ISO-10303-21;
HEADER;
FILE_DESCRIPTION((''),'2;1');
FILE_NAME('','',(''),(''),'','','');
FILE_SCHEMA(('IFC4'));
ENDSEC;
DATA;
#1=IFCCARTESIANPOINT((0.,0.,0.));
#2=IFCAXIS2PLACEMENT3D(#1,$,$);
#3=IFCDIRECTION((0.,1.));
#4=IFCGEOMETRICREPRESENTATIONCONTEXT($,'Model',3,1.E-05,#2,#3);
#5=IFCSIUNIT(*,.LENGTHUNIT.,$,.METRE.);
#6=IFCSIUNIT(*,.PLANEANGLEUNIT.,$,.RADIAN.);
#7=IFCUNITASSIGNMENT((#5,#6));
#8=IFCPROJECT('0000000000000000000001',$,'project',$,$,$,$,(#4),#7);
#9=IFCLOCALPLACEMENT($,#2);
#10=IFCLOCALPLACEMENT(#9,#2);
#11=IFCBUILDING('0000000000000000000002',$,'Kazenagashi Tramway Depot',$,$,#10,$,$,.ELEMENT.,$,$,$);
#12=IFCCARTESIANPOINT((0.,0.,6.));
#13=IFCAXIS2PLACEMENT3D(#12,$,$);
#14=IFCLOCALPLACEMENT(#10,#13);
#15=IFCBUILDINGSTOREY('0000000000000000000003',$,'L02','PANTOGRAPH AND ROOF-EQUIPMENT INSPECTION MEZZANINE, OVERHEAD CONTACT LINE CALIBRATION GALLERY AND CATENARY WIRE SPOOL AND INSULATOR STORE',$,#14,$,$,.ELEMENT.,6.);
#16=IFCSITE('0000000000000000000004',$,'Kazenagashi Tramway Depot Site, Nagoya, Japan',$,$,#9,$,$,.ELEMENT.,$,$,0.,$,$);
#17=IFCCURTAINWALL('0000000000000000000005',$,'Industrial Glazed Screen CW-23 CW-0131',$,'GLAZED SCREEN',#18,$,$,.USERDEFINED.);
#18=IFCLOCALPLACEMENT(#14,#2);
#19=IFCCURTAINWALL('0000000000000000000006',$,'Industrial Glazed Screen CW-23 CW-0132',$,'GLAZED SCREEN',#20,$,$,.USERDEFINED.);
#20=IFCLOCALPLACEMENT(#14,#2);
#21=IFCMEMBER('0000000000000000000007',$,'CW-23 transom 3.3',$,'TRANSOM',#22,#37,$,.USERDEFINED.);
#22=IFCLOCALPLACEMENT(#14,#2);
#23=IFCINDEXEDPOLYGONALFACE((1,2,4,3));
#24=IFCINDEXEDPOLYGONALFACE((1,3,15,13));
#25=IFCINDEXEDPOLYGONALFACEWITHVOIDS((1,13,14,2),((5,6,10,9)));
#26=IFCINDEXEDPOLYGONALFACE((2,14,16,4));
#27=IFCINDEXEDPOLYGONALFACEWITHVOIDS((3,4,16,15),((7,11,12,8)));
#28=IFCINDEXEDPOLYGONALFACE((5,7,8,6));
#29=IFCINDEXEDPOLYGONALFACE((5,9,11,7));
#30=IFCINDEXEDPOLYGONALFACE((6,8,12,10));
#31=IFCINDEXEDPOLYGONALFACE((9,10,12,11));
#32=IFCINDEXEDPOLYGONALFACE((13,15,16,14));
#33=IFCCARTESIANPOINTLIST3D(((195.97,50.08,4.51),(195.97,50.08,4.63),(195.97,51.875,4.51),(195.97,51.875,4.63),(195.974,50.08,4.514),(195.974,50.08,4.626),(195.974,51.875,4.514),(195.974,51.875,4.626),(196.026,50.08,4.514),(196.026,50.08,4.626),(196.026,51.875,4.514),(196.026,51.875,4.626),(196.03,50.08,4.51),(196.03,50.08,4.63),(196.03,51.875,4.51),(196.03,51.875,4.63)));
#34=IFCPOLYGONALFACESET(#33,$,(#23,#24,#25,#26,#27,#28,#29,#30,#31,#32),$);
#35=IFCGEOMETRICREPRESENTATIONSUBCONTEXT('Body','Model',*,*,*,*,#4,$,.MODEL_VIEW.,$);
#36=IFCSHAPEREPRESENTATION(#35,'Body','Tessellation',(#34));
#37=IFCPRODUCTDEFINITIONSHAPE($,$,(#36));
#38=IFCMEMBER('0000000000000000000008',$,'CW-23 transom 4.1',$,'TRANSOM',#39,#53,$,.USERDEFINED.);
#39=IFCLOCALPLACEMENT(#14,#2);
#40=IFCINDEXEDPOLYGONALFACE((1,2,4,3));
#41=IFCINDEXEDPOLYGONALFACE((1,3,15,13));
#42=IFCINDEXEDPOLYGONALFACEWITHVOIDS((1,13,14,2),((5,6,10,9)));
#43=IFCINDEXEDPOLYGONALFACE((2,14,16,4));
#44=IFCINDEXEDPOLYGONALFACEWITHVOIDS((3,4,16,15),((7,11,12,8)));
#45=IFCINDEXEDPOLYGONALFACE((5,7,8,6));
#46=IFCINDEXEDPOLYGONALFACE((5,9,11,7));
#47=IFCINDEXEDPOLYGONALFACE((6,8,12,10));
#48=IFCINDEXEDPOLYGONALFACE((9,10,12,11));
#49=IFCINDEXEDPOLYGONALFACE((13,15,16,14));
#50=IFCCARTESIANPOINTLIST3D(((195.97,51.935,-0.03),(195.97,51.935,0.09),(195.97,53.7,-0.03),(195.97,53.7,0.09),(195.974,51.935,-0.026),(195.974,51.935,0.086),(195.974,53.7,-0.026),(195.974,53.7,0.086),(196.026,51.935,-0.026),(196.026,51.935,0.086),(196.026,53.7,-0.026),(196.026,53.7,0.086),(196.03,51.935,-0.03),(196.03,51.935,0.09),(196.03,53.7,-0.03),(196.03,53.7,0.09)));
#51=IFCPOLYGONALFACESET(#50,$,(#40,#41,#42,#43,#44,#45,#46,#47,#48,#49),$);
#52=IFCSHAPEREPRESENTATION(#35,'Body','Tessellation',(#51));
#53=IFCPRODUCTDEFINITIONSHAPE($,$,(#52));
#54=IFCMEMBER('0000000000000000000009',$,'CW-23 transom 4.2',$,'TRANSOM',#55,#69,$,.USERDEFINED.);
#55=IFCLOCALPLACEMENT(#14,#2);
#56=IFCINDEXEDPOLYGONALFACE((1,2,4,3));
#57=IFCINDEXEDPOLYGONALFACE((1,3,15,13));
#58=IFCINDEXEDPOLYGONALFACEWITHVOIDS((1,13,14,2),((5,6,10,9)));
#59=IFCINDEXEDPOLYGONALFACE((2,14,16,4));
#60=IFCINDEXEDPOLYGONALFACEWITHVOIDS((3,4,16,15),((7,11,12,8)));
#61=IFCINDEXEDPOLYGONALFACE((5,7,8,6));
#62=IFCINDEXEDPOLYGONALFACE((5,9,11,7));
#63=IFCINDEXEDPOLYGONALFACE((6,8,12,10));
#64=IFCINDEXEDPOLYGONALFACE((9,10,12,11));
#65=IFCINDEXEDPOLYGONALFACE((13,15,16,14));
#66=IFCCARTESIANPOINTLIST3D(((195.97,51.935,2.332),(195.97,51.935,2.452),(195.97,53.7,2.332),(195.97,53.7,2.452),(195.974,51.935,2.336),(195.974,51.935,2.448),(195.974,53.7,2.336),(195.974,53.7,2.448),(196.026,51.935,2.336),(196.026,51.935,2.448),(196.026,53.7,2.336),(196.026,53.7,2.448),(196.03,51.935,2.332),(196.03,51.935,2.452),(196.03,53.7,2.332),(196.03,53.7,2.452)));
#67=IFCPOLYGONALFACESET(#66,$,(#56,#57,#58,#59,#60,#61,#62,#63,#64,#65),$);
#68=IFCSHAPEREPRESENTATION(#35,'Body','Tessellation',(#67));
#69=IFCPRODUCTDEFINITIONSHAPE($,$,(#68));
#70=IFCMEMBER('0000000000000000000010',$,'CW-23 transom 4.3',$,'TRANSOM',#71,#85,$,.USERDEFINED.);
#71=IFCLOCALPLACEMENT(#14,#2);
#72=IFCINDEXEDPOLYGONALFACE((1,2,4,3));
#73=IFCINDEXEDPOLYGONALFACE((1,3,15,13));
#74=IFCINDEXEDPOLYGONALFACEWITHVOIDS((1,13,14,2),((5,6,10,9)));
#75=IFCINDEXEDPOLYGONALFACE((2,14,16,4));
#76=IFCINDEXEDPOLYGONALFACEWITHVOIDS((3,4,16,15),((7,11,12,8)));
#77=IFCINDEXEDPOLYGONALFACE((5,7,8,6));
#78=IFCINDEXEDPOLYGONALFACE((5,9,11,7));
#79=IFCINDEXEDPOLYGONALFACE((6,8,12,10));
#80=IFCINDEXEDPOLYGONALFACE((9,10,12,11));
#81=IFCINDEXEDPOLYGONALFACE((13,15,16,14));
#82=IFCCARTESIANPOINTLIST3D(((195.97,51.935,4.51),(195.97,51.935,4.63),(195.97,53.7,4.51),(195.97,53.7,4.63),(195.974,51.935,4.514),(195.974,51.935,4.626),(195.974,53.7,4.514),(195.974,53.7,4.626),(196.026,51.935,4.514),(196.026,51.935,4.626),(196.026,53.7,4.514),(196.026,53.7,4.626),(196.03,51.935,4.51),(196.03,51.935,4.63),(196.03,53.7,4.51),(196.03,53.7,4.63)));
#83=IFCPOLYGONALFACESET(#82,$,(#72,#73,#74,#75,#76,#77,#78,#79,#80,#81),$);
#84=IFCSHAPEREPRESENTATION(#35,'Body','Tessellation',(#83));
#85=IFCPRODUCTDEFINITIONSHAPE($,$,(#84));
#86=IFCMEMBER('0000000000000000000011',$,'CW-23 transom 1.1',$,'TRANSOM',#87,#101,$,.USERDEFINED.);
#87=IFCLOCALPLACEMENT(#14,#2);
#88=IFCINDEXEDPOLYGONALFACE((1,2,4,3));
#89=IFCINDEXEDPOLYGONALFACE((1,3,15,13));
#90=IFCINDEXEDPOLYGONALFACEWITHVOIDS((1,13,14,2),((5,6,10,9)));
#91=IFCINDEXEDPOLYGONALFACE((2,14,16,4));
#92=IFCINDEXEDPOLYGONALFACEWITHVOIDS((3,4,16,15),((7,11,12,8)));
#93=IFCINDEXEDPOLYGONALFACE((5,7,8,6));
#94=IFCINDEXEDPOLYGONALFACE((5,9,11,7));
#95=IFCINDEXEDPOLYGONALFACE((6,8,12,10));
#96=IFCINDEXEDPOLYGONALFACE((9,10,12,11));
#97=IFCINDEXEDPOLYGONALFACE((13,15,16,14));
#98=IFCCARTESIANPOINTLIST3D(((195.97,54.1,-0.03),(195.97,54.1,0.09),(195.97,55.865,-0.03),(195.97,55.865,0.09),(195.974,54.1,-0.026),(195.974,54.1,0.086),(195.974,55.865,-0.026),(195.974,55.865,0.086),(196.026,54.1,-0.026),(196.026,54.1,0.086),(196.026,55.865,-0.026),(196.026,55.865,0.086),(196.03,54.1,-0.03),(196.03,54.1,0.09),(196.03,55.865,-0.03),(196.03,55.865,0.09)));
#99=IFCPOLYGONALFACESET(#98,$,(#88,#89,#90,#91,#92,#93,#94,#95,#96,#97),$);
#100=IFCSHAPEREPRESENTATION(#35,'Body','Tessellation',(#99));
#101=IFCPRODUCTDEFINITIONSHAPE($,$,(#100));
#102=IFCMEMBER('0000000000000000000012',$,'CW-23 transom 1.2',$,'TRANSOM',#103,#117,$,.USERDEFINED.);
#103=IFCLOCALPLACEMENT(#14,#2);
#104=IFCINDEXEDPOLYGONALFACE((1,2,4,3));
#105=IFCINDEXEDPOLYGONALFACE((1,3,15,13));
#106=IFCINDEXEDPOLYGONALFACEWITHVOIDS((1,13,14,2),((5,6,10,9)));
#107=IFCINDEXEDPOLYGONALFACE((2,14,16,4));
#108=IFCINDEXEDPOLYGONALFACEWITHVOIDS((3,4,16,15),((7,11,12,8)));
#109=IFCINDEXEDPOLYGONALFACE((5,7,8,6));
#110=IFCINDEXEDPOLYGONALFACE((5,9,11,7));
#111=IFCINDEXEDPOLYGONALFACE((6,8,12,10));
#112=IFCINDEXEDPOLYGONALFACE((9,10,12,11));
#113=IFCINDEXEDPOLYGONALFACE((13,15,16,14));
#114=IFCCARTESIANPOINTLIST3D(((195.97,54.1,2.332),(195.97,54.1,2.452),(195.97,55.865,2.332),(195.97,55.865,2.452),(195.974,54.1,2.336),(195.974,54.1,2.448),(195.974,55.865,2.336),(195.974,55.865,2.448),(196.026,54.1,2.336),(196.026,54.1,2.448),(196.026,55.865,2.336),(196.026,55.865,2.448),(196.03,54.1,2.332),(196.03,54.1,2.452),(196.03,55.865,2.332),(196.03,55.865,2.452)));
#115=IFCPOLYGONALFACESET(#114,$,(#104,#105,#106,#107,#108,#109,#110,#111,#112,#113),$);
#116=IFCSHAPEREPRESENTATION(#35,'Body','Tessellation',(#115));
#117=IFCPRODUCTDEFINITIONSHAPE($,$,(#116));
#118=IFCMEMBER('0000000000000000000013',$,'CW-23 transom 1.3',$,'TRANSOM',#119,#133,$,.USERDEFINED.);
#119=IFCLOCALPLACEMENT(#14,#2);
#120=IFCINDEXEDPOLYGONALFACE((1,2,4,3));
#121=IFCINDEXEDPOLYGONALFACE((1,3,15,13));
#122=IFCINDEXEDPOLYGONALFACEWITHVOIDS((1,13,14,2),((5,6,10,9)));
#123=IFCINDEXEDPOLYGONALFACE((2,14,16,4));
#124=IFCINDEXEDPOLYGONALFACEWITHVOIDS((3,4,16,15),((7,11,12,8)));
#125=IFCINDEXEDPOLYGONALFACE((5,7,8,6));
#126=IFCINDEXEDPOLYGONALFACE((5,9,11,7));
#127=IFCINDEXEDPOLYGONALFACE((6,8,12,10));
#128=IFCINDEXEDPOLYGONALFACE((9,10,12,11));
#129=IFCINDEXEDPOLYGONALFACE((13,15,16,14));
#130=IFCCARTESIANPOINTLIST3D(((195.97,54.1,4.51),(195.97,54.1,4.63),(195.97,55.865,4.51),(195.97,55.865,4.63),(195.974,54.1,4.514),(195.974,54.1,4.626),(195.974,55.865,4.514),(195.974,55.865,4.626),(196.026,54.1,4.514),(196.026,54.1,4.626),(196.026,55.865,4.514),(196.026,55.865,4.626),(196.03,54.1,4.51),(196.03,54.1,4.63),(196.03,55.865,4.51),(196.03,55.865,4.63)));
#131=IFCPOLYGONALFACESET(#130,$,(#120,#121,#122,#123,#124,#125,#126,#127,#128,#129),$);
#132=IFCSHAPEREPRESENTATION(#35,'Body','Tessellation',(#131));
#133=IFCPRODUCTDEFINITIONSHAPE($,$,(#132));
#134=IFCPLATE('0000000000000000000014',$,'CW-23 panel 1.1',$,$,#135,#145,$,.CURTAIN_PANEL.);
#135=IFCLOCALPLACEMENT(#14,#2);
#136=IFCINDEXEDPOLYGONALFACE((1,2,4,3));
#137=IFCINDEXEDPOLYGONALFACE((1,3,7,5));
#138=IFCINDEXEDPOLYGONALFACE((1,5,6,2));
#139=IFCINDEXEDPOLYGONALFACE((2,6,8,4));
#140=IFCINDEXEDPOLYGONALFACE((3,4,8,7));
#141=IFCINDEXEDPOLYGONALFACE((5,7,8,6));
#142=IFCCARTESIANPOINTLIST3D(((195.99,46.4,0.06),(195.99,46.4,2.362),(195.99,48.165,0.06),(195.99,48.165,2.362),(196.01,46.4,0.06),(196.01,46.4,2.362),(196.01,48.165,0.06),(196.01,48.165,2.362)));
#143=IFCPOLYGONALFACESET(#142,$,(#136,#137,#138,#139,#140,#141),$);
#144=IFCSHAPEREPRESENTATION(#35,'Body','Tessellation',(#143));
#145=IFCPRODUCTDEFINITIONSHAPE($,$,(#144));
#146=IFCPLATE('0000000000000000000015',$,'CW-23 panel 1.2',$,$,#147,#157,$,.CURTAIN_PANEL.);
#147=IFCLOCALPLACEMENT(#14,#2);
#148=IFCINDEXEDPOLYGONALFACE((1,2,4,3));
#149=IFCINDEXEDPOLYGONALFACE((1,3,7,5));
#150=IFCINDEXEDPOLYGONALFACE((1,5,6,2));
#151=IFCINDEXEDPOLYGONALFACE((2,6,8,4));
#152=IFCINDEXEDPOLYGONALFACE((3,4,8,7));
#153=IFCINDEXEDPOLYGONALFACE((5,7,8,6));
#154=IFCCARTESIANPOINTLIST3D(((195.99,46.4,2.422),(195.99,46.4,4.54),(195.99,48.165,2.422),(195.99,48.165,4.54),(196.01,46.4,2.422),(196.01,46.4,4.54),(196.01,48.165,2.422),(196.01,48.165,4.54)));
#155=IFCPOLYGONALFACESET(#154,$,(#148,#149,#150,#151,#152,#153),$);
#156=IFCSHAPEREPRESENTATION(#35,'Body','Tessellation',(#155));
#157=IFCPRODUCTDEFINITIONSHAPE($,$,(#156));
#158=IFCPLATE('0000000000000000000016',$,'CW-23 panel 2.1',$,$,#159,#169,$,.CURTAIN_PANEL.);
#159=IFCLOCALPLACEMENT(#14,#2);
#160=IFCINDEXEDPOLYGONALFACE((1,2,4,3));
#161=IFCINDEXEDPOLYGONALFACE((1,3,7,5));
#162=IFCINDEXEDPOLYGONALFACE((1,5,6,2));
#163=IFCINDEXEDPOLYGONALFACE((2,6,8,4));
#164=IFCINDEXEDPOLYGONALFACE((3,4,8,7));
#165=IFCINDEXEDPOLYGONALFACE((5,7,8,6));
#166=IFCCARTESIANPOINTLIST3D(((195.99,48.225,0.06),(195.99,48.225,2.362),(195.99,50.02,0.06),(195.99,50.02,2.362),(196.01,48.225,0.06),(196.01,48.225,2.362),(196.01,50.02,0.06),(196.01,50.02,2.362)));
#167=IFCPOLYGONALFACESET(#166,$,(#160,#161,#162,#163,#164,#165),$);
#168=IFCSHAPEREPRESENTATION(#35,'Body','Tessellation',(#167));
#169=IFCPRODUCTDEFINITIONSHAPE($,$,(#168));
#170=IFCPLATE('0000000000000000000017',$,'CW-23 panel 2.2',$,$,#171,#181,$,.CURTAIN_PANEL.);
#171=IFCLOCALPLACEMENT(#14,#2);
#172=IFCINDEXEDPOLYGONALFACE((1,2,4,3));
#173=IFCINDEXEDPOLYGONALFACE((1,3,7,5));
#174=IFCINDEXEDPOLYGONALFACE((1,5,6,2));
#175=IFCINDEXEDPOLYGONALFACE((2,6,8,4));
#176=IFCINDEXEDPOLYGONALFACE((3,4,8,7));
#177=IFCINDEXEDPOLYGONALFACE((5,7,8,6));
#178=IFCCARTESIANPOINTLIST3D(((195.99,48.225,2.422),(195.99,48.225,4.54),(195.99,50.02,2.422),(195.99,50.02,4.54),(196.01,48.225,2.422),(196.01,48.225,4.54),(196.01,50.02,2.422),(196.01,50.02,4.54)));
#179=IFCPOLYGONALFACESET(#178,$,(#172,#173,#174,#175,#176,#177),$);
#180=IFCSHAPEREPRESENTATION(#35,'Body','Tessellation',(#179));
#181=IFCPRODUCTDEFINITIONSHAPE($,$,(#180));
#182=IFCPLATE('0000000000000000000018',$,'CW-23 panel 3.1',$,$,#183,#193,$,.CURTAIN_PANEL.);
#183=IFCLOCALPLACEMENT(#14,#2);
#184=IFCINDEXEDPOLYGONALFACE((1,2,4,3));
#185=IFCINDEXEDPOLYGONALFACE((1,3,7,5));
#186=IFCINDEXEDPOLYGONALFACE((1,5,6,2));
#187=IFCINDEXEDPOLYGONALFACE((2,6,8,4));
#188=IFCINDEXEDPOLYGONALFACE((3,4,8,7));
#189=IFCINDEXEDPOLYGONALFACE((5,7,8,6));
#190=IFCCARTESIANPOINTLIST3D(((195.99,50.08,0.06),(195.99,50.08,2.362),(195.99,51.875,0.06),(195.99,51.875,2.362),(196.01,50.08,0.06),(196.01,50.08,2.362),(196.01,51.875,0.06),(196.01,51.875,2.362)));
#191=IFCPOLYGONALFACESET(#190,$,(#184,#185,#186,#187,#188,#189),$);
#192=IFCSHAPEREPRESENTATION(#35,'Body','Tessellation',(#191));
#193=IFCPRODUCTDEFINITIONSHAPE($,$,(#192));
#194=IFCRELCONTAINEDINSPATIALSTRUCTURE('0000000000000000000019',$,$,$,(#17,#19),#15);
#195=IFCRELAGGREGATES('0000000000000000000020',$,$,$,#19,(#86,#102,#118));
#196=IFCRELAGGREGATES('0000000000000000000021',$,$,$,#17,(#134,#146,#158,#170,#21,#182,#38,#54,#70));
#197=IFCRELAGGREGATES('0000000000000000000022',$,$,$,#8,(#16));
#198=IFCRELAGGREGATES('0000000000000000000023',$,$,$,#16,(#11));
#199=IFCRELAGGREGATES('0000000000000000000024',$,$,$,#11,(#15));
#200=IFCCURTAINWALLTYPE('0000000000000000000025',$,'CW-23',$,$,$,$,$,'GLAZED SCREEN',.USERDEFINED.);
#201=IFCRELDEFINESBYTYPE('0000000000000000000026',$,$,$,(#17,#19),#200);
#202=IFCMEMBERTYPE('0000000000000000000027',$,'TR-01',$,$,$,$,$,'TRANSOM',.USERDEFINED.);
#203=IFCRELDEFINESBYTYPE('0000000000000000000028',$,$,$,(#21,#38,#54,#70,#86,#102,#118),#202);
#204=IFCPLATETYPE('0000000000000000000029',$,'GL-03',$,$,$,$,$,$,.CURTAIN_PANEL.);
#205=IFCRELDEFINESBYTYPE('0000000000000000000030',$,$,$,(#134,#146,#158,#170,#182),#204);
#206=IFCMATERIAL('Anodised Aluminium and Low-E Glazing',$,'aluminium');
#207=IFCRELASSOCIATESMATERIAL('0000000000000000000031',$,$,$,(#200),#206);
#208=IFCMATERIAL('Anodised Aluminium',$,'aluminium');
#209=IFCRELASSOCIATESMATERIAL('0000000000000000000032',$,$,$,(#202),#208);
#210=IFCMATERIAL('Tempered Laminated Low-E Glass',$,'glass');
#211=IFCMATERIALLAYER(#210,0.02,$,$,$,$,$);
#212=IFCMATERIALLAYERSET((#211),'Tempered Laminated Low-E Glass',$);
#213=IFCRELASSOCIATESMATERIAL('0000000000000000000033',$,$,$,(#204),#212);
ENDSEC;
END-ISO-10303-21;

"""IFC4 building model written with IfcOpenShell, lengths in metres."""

from ifc_helpers import new_model, si_unit, direction, frame, origin, origin_2d, place, context, subcontext, project, spatial, rectangle, hollow_rectangle, extrude, material, layer, layer_set, material_profile, profile_set, type_object, element, aggregate, save


model = new_model("IFC4")

# Units and contexts
model_context = context("Model", 3, precision=1e-05, world=origin(), true_north=direction((0.0, 1.0)))
body_context = subcontext(model_context, "Body", "Model", "MODEL_VIEW")
ifc_project = project(units=[si_unit("LENGTHUNIT", "METRE"), si_unit("PLANEANGLEUNIT", "RADIAN")], contexts=[model_context])

# Site, building, storey
site_placement = place(None, origin())
site = spatial("IfcSite", under=ifc_project, at=site_placement, Name="Kazenagashi Tramway Depot Site, Nagoya, Japan", CompositionType="ELEMENT", RefElevation=0.0)
building_placement = place(site_placement, origin())
building = spatial("IfcBuilding", under=site, at=building_placement, Name="Kazenagashi Tramway Depot", CompositionType="ELEMENT")
storey_placement = place(building_placement, frame((0.0, 0.0, 6.0)))
storey = spatial("IfcBuildingStorey", under=building, at=storey_placement, Name="L02", Description="PANTOGRAPH AND ROOF-EQUIPMENT INSPECTION MEZZANINE, OVERHEAD CONTACT LINE CALIBRATION GALLERY AND CATENARY WIRE SPOOL AND INSULATOR STORE", CompositionType="ELEMENT", Elevation=6.0)

# Curtain wall
ifc_material_1 = material(Name="Anodised Aluminium and Low-E Glazing", Category="aluminium")
curtain_wall_type = type_object("IfcCurtainWallType", Name="CW-23", ElementType="GLAZED SCREEN", PredefinedType="USERDEFINED", material=ifc_material_1)
curtain_wall_1_placement = place(storey_placement, origin())
curtain_wall_1 = element("IfcCurtainWall", 1, at=curtain_wall_1_placement, inside=storey, type_object=curtain_wall_type, Name="Industrial Glazed Screen CW-23 CW-0131", ObjectType="GLAZED SCREEN", PredefinedType="USERDEFINED")
ifc_material_2 = material(Name="Anodised Aluminium", Category="aluminium")

# Curtain wall
curtain_wall_2_placement = place(storey_placement, origin())
curtain_wall_2 = element("IfcCurtainWall", 2, at=curtain_wall_2_placement, inside=storey, type_object=curtain_wall_type, Name="Industrial Glazed Screen CW-23 CW-0132", ObjectType="GLAZED SCREEN", PredefinedType="USERDEFINED")

# Members
ifc_material_profile_1 = material_profile(ifc_material_2, hollow_rectangle(XDim=0.06, YDim=0.12, WallThickness=0.004, at=origin_2d()), Name="RHS-120x60x4")
ifc_profile_set_1 = profile_set([ifc_material_profile_1], Name="Anodised Aluminium")
member_type_1 = type_object("IfcMemberType", Name="TR-01", ElementType="TRANSOM", PredefinedType="USERDEFINED", material=ifc_profile_set_1)
member_1_placement = place(storey_placement, frame((196.0, 50.08, 4.57), z_axis=(0.0, 1.0, 0.0), x_axis=(-1.0, 0.0, 0.0)))
member_1 = element("IfcMember", 3, at=member_1_placement, type_object=member_type_1, Name="CW-23 transom 3.3", ObjectType="TRANSOM", PredefinedType="USERDEFINED", context=body_context, shape_type="SweptSolid", body=[
    extrude(hollow_rectangle(XDim=0.06, YDim=0.12, WallThickness=0.004, at=origin_2d()), origin(), (0.0, 0.0, 1.0), 1.795),
])
member_2_placement = place(storey_placement, frame((196.0, 51.935, 0.03), z_axis=(0.0, 1.0, 0.0), x_axis=(-1.0, 0.0, 0.0)))
member_2 = element("IfcMember", 4, at=member_2_placement, type_object=member_type_1, Name="CW-23 transom 4.1", ObjectType="TRANSOM", PredefinedType="USERDEFINED", context=body_context, shape_type="SweptSolid", body=[
    extrude(hollow_rectangle(XDim=0.06, YDim=0.12, WallThickness=0.004, at=origin_2d()), origin(), (0.0, 0.0, 1.0), 1.765),
])
member_3_placement = place(storey_placement, frame((196.0, 51.935, 2.392), z_axis=(0.0, 1.0, 0.0), x_axis=(-1.0, 0.0, 0.0)))
member_3 = element("IfcMember", 5, at=member_3_placement, type_object=member_type_1, Name="CW-23 transom 4.2", ObjectType="TRANSOM", PredefinedType="USERDEFINED", context=body_context, shape_type="SweptSolid", body=[
    extrude(hollow_rectangle(XDim=0.06, YDim=0.12, WallThickness=0.004, at=origin_2d()), origin(), (0.0, 0.0, 1.0), 1.765),
])
member_4_placement = place(storey_placement, frame((196.0, 51.935, 4.57), z_axis=(0.0, 1.0, 0.0), x_axis=(-1.0, 0.0, 0.0)))
member_4 = element("IfcMember", 6, at=member_4_placement, type_object=member_type_1, Name="CW-23 transom 4.3", ObjectType="TRANSOM", PredefinedType="USERDEFINED", context=body_context, shape_type="SweptSolid", body=[
    extrude(hollow_rectangle(XDim=0.06, YDim=0.12, WallThickness=0.004, at=origin_2d()), origin(), (0.0, 0.0, 1.0), 1.765),
])
member_5_placement = place(storey_placement, frame((196.0, 54.1, 0.03), z_axis=(0.0, 1.0, 0.0), x_axis=(-1.0, 0.0, 0.0)))
member_5 = element("IfcMember", 7, at=member_5_placement, type_object=member_type_1, Name="CW-23 transom 1.1", ObjectType="TRANSOM", PredefinedType="USERDEFINED", context=body_context, shape_type="SweptSolid", body=[
    extrude(hollow_rectangle(XDim=0.06, YDim=0.12, WallThickness=0.004, at=origin_2d()), origin(), (0.0, 0.0, 1.0), 1.765),
])
member_6_placement = place(storey_placement, frame((196.0, 54.1, 2.392), z_axis=(0.0, 1.0, 0.0), x_axis=(-1.0, 0.0, 0.0)))
member_6 = element("IfcMember", 8, at=member_6_placement, type_object=member_type_1, Name="CW-23 transom 1.2", ObjectType="TRANSOM", PredefinedType="USERDEFINED", context=body_context, shape_type="SweptSolid", body=[
    extrude(hollow_rectangle(XDim=0.06, YDim=0.12, WallThickness=0.004, at=origin_2d()), origin(), (0.0, 0.0, 1.0), 1.765),
])
member_7_placement = place(storey_placement, frame((196.0, 54.1, 4.57), z_axis=(0.0, 1.0, 0.0), x_axis=(-1.0, 0.0, 0.0)))
member_7 = element("IfcMember", 9, at=member_7_placement, type_object=member_type_1, Name="CW-23 transom 1.3", ObjectType="TRANSOM", PredefinedType="USERDEFINED", context=body_context, shape_type="SweptSolid", body=[
    extrude(hollow_rectangle(XDim=0.06, YDim=0.12, WallThickness=0.004, at=origin_2d()), origin(), (0.0, 0.0, 1.0), 1.765),
])
aggregate(curtain_wall_2, [member_5, member_6, member_7])

# Plates
ifc_material_3 = material(Name="Tempered Laminated Low-E Glass", Category="glass")
ifc_layer = layer(ifc_material_3, 0.02)
ifc_layer_set = layer_set([ifc_layer], Name="Tempered Laminated Low-E Glass")
plate_type = type_object("IfcPlateType", Name="GL-03", PredefinedType="CURTAIN_PANEL", material=ifc_layer_set)
plate_1_placement = place(storey_placement, frame((196.0, 47.2825, 0.06), z_axis=(0.0, 0.0, 1.0), x_axis=(0.0, 1.0, 0.0)))
plate_1 = element("IfcPlate", 10, at=plate_1_placement, type_object=plate_type, Name="CW-23 panel 1.1", PredefinedType="CURTAIN_PANEL", context=body_context, shape_type="SweptSolid", body=[
    extrude(rectangle(XDim=1.765, YDim=0.02, at=origin_2d()), origin(), (0.0, 0.0, 1.0), 2.302),
])
plate_2_placement = place(storey_placement, frame((196.0, 47.2825, 2.422), z_axis=(0.0, 0.0, 1.0), x_axis=(0.0, 1.0, 0.0)))
plate_2 = element("IfcPlate", 11, at=plate_2_placement, type_object=plate_type, Name="CW-23 panel 1.2", PredefinedType="CURTAIN_PANEL", context=body_context, shape_type="SweptSolid", body=[
    extrude(rectangle(XDim=1.765, YDim=0.02, at=origin_2d()), origin(), (0.0, 0.0, 1.0), 2.118),
])
plate_3_placement = place(storey_placement, frame((196.0, 49.1225, 0.06), z_axis=(0.0, 0.0, 1.0), x_axis=(0.0, 1.0, 0.0)))
plate_3 = element("IfcPlate", 12, at=plate_3_placement, type_object=plate_type, Name="CW-23 panel 2.1", PredefinedType="CURTAIN_PANEL", context=body_context, shape_type="SweptSolid", body=[
    extrude(rectangle(XDim=1.795, YDim=0.02, at=origin_2d()), origin(), (0.0, 0.0, 1.0), 2.302),
])
plate_4_placement = place(storey_placement, frame((196.0, 49.1225, 2.422), z_axis=(0.0, 0.0, 1.0), x_axis=(0.0, 1.0, 0.0)))
plate_4 = element("IfcPlate", 13, at=plate_4_placement, type_object=plate_type, Name="CW-23 panel 2.2", PredefinedType="CURTAIN_PANEL", context=body_context, shape_type="SweptSolid", body=[
    extrude(rectangle(XDim=1.795, YDim=0.02, at=origin_2d()), origin(), (0.0, 0.0, 1.0), 2.118),
])
plate_5_placement = place(storey_placement, frame((196.0, 50.9775, 0.06), z_axis=(0.0, 0.0, 1.0), x_axis=(0.0, 1.0, 0.0)))
plate_5 = element("IfcPlate", 14, at=plate_5_placement, type_object=plate_type, Name="CW-23 panel 3.1", PredefinedType="CURTAIN_PANEL", context=body_context, shape_type="SweptSolid", body=[
    extrude(rectangle(XDim=1.795, YDim=0.02, at=origin_2d()), origin(), (0.0, 0.0, 1.0), 2.302),
])
aggregate(curtain_wall_1, [plate_1, plate_2, plate_3, plate_4, member_1, plate_5, member_2, member_3, member_4])

save(model, "model.ifc")
